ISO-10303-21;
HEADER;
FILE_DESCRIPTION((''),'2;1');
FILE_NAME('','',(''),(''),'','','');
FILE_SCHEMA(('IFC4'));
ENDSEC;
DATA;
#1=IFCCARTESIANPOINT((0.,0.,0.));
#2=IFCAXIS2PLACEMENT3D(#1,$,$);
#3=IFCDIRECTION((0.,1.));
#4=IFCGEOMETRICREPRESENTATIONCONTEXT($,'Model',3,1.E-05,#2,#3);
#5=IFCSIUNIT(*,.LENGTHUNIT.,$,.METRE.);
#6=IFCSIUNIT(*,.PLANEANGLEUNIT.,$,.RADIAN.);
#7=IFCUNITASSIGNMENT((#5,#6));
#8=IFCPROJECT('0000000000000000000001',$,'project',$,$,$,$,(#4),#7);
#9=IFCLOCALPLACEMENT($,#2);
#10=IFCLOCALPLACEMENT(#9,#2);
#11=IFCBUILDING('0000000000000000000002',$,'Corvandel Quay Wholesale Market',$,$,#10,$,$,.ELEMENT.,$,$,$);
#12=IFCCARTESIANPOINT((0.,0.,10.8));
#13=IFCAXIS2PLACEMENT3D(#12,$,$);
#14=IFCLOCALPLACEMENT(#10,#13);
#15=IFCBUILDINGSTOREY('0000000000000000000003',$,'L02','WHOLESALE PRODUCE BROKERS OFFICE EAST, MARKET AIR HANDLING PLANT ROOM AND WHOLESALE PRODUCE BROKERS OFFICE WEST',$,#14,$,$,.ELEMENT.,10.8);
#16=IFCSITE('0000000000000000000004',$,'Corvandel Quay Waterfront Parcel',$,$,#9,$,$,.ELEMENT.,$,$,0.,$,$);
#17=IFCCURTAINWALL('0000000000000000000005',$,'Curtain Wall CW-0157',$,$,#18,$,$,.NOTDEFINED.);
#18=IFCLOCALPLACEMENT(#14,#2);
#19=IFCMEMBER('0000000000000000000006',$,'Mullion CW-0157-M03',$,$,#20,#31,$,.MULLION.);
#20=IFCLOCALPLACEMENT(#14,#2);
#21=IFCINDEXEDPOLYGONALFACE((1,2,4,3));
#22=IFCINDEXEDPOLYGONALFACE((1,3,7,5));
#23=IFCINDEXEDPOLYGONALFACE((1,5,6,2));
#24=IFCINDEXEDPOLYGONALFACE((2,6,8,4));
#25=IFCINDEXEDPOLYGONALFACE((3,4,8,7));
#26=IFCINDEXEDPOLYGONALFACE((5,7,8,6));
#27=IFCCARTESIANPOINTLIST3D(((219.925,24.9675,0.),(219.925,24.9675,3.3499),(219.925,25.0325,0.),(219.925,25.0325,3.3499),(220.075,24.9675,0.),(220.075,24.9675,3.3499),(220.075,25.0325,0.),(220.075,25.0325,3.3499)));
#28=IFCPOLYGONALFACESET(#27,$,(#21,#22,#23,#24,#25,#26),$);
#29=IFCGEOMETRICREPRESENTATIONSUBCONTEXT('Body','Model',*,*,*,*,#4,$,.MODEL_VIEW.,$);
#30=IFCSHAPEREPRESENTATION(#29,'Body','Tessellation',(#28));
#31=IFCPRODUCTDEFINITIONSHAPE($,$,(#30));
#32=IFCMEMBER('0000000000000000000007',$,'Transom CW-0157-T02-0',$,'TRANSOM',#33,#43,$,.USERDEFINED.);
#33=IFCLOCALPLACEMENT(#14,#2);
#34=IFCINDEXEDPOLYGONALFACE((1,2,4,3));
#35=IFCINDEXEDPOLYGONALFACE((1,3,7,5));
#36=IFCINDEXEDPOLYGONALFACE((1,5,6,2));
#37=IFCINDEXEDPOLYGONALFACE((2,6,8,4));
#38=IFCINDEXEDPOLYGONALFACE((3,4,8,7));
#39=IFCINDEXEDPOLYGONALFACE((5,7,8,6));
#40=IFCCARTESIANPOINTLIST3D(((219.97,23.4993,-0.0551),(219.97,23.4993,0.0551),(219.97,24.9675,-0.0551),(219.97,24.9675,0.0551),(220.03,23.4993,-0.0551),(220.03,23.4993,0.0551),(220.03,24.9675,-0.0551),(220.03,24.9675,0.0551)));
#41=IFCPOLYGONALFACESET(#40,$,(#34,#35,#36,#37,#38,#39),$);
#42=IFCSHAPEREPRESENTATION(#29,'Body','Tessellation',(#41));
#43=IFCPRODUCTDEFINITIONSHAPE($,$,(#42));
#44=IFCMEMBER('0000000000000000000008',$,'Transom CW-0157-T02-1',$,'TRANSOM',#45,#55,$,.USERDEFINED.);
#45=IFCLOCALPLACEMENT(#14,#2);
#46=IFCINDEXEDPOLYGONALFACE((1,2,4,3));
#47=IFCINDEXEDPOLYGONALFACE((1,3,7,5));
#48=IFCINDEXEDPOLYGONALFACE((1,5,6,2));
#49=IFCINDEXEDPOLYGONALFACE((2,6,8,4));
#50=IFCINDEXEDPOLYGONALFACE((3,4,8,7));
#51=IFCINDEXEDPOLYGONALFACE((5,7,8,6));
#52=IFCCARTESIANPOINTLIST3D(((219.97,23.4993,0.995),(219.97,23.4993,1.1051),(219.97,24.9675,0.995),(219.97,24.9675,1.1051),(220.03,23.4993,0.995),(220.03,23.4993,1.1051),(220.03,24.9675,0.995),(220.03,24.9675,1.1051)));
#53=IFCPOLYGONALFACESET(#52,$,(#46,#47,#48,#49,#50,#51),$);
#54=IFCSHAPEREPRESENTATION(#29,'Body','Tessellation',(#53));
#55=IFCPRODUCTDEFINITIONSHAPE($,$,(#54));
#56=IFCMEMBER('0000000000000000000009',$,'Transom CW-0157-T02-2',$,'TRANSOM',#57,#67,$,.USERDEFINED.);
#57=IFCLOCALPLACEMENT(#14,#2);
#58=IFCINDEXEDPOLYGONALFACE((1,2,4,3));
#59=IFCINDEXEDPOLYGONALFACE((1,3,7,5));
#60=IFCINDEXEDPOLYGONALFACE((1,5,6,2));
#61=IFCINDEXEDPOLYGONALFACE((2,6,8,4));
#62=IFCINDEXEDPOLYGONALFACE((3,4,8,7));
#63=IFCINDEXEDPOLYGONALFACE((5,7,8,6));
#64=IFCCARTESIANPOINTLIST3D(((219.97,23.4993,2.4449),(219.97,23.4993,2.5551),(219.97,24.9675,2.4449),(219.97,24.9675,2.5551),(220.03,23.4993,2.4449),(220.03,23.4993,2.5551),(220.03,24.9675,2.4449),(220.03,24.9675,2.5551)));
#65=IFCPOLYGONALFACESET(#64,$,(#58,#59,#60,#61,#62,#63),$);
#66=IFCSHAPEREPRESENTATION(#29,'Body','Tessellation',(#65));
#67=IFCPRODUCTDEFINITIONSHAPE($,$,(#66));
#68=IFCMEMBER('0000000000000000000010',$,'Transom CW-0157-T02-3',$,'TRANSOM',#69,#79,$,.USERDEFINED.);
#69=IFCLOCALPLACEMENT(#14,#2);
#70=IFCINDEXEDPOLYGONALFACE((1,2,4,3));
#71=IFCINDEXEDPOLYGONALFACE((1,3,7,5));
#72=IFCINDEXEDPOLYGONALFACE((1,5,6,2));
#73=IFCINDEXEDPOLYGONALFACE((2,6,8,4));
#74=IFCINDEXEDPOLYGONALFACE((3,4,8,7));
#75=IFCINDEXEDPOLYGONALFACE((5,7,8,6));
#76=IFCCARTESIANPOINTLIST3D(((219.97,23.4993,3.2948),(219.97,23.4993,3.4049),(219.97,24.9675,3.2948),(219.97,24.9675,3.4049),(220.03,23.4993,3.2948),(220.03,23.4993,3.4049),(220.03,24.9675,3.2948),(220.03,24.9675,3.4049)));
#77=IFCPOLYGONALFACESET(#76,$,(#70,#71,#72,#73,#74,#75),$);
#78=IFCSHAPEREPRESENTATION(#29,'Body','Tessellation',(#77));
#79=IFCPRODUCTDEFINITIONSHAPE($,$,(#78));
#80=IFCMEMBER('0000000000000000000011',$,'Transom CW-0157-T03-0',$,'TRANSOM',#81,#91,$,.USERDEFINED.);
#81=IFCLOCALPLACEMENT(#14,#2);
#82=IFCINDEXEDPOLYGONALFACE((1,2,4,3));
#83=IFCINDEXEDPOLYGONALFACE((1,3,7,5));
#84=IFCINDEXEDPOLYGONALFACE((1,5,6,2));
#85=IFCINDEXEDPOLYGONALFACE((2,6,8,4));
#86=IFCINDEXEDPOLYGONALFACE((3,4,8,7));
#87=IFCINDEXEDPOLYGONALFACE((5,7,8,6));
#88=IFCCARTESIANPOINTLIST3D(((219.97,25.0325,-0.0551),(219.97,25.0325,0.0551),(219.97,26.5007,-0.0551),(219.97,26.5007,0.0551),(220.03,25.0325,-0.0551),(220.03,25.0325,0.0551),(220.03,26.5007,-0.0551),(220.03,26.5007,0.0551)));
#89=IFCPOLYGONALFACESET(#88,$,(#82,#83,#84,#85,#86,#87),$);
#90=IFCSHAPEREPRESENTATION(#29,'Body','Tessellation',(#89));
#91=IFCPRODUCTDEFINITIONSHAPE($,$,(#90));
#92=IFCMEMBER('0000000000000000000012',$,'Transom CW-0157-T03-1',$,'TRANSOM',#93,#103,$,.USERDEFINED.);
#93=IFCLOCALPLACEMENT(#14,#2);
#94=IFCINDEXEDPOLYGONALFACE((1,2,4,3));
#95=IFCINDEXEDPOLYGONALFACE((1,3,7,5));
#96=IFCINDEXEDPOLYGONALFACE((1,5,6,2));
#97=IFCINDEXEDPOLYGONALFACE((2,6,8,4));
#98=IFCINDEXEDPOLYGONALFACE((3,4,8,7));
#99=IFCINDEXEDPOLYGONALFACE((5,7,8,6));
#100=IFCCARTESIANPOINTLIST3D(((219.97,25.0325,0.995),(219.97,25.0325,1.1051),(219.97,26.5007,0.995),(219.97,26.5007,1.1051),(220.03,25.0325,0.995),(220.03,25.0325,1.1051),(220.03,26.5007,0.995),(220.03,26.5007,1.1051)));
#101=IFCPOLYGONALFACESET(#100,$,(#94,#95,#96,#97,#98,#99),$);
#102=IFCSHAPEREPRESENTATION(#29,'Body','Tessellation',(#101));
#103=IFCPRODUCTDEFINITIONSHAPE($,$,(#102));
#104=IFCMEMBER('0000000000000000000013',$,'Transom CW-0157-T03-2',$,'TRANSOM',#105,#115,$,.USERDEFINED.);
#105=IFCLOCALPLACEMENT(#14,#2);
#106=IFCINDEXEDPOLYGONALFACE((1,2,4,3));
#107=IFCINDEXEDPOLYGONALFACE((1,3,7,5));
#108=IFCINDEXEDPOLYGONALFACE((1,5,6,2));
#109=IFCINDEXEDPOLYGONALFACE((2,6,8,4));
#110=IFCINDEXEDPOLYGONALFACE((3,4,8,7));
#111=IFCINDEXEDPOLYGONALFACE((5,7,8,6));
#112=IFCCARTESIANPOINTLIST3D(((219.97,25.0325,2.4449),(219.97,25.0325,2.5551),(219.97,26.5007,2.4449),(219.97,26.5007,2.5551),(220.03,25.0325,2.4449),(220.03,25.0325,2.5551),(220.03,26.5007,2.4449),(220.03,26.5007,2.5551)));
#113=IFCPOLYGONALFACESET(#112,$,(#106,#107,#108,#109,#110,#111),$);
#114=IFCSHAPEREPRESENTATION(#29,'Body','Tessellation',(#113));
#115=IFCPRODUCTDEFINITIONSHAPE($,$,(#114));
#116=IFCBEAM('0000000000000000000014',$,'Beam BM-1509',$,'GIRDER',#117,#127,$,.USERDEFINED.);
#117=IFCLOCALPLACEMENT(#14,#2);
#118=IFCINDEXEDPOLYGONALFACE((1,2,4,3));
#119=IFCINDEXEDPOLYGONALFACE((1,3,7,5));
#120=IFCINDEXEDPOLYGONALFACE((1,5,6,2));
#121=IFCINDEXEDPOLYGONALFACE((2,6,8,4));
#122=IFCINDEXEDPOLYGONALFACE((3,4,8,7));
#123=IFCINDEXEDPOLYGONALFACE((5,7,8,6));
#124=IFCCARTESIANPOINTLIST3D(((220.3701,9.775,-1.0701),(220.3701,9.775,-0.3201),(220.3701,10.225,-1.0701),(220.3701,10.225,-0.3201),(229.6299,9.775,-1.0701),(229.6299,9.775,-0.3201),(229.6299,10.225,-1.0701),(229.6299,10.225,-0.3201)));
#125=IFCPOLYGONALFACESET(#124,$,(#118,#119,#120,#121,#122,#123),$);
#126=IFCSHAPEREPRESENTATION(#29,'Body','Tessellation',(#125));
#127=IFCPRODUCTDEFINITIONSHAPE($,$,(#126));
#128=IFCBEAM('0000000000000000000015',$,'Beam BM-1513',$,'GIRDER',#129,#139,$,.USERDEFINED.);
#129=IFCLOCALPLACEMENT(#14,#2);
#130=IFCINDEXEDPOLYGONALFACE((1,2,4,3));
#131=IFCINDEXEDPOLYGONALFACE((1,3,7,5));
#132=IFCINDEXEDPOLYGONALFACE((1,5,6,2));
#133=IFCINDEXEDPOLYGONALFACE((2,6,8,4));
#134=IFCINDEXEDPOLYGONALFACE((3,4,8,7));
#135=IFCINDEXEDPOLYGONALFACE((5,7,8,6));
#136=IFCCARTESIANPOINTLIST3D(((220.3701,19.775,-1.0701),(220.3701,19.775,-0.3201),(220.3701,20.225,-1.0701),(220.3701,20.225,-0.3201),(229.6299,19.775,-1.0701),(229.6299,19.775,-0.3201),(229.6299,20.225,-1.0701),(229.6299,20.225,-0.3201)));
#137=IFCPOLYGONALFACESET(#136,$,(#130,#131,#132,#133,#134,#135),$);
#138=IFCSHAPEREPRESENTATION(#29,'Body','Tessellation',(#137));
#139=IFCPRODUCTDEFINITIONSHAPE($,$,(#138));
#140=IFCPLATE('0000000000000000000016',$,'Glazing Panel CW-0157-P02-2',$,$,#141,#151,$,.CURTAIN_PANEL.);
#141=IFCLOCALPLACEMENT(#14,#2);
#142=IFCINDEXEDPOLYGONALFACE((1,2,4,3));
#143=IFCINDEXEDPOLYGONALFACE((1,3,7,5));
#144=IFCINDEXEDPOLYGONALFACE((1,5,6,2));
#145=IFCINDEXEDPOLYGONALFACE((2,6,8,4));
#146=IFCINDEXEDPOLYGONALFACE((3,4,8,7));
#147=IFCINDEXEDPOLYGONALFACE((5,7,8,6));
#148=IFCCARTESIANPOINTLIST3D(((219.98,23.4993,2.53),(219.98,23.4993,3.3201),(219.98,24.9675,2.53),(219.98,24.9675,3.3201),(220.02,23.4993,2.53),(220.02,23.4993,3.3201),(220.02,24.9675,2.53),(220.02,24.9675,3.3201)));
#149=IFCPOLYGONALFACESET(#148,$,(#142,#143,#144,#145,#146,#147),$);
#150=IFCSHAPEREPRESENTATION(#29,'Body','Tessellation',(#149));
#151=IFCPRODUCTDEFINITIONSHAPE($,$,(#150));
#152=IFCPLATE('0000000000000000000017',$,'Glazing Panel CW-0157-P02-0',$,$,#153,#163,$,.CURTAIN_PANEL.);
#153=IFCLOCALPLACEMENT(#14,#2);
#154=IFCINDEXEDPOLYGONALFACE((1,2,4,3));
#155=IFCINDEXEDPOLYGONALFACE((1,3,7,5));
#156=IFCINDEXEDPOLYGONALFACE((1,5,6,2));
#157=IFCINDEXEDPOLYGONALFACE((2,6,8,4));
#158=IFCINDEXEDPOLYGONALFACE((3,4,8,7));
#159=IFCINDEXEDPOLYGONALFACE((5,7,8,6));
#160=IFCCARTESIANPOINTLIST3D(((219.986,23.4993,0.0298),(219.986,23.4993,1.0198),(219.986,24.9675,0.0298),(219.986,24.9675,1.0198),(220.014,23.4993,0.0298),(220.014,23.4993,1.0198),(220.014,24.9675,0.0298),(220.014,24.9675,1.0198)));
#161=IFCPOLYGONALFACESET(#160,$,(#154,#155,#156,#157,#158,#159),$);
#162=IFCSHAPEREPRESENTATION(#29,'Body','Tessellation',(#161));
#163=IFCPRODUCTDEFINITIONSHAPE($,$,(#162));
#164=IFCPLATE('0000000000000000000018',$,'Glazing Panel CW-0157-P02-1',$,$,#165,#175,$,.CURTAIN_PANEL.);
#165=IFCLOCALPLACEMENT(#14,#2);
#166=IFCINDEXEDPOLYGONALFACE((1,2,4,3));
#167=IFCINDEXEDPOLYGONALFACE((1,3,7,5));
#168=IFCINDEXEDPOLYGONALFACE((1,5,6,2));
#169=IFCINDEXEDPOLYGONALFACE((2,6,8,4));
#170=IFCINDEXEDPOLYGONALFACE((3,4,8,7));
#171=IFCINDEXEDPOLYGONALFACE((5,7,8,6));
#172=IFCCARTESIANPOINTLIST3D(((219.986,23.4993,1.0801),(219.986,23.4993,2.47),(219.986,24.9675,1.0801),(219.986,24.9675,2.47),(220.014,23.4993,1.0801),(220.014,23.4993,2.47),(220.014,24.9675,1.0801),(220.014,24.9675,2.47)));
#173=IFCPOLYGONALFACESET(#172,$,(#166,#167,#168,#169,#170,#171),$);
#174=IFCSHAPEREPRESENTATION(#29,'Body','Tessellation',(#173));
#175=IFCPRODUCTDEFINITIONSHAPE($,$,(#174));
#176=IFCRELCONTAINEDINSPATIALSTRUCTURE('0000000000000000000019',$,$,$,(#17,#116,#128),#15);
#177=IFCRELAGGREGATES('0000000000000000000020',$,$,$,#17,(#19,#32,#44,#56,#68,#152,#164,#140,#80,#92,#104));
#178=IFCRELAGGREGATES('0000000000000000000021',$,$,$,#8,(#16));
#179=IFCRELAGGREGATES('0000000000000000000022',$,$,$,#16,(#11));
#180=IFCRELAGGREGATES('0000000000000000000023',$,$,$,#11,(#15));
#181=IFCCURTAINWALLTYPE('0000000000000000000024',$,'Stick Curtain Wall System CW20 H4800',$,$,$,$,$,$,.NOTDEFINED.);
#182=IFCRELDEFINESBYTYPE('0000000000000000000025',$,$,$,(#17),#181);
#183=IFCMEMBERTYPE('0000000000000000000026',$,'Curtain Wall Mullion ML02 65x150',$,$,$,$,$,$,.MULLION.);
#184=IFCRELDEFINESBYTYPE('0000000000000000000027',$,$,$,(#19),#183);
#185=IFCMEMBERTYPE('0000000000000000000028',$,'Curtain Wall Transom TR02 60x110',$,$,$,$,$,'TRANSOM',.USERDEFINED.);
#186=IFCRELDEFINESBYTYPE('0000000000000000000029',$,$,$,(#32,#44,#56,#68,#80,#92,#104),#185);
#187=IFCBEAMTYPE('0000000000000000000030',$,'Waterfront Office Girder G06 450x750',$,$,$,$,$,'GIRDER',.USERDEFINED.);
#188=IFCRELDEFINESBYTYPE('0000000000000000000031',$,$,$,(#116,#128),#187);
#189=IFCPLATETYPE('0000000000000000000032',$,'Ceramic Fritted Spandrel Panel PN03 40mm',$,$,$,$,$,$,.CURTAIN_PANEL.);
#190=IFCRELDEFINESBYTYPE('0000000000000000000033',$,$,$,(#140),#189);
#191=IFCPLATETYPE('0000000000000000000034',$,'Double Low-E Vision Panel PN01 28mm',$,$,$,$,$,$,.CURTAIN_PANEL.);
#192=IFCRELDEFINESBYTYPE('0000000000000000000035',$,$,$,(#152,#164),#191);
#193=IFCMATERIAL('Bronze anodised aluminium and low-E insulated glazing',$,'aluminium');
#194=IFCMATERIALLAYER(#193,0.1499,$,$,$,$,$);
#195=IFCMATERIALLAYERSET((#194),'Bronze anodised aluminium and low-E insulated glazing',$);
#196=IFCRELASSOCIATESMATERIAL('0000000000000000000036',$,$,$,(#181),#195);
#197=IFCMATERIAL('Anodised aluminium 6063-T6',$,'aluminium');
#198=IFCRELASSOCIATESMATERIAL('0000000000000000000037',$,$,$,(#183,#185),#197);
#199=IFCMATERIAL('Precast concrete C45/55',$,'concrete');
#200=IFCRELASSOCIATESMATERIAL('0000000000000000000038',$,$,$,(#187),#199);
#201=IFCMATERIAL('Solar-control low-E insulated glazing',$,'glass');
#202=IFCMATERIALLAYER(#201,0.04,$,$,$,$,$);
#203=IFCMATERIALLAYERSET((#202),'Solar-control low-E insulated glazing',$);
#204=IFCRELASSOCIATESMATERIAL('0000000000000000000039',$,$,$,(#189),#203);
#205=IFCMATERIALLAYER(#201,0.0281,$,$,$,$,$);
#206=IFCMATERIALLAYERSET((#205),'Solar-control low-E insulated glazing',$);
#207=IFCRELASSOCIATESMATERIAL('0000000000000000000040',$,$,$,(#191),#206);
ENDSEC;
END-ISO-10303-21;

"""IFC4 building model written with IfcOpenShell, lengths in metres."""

from ifc_helpers import new_model, si_unit, direction, frame, origin, origin_2d, place, context, subcontext, project, spatial, rectangle, extrude, material, layer, layer_set, material_profile, profile_set, type_object, element, aggregate, save


model = new_model("IFC4")

# Units and contexts
model_context = context("Model", 3, precision=1e-05, world=origin(), true_north=direction((0.0, 1.0)))
body_context = subcontext(model_context, "Body", "Model", "MODEL_VIEW")
ifc_project = project(units=[si_unit("LENGTHUNIT", "METRE"), si_unit("PLANEANGLEUNIT", "RADIAN")], contexts=[model_context])

# Site, building, storey
site_placement = place(None, origin())
site = spatial("IfcSite", under=ifc_project, at=site_placement, Name="Corvandel Quay Waterfront Parcel", CompositionType="ELEMENT", RefElevation=0.0)
building_placement = place(site_placement, origin())
building = spatial("IfcBuilding", under=site, at=building_placement, Name="Corvandel Quay Wholesale Market", CompositionType="ELEMENT")
storey_placement = place(building_placement, frame((0.0, 0.0, 10.8)))
storey = spatial("IfcBuildingStorey", under=building, at=storey_placement, Name="L02", Description="WHOLESALE PRODUCE BROKERS OFFICE EAST, MARKET AIR HANDLING PLANT ROOM AND WHOLESALE PRODUCE BROKERS OFFICE WEST", CompositionType="ELEMENT", Elevation=10.8)

# Curtain wall, members
ifc_material_1 = material(Name="Bronze anodised aluminium and low-E insulated glazing", Category="aluminium")
ifc_layer_1 = layer(ifc_material_1, 0.1499)
ifc_layer_set_1 = layer_set([ifc_layer_1], Name="Bronze anodised aluminium and low-E insulated glazing")
curtain_wall_type = type_object("IfcCurtainWallType", Name="Stick Curtain Wall System CW20 H4800", PredefinedType="NOTDEFINED", material=ifc_layer_set_1)
curtain_wall_placement = place(storey_placement, origin())
curtain_wall = element("IfcCurtainWall", 1, at=curtain_wall_placement, inside=storey, type_object=curtain_wall_type, Name="Curtain Wall CW-0157", PredefinedType="NOTDEFINED")
ifc_material_2 = material(Name="Anodised aluminium 6063-T6", Category="aluminium")
ifc_material_profile_1 = material_profile(ifc_material_2, rectangle(XDim=0.0649, YDim=0.1499, at=origin_2d()), Name="ALU-MUL-65x150")
ifc_profile_set_1 = profile_set([ifc_material_profile_1], Name="Anodised aluminium 6063-T6")
member_type_1 = type_object("IfcMemberType", Name="Curtain Wall Mullion ML02 65x150", PredefinedType="MULLION", material=ifc_profile_set_1)
member_1_placement = place(storey_placement, frame((220.0, 25.0, 0.0), z_axis=(0.0, 0.0, 1.0), x_axis=(0.0, 1.0, 0.0)))
member_1 = element("IfcMember", 2, at=member_1_placement, type_object=member_type_1, Name="Mullion CW-0157-M03", PredefinedType="MULLION", context=body_context, shape_type="SweptSolid", body=[
    extrude(rectangle(XDim=0.0649, YDim=0.1499, at=origin_2d()), origin(), (0.0, 0.0, 1.0), 3.3499),
])
ifc_material_profile_2 = material_profile(ifc_material_2, rectangle(XDim=0.0601, YDim=0.1101, at=origin_2d()), Name="ALU-TRN-60x110")
ifc_profile_set_2 = profile_set([ifc_material_profile_2], Name="Anodised aluminium 6063-T6")
member_type_2 = type_object("IfcMemberType", Name="Curtain Wall Transom TR02 60x110", ElementType="TRANSOM", PredefinedType="USERDEFINED", material=ifc_profile_set_2)
member_2_placement = place(storey_placement, frame((220.0, 23.4993, 0.0), z_axis=(0.0, 1.0, 0.0), x_axis=(-1.0, 0.0, 0.0)))
member_2 = element("IfcMember", 3, at=member_2_placement, type_object=member_type_2, Name="Transom CW-0157-T02-0", ObjectType="TRANSOM", PredefinedType="USERDEFINED", context=body_context, shape_type="SweptSolid", body=[
    extrude(rectangle(XDim=0.0601, YDim=0.1101, at=origin_2d()), origin(), (0.0, 0.0, 1.0), 1.4683),
])
member_3_placement = place(storey_placement, frame((220.0, 23.4993, 1.05), z_axis=(0.0, 1.0, 0.0), x_axis=(-1.0, 0.0, 0.0)))
member_3 = element("IfcMember", 4, at=member_3_placement, type_object=member_type_2, Name="Transom CW-0157-T02-1", ObjectType="TRANSOM", PredefinedType="USERDEFINED", context=body_context, shape_type="SweptSolid", body=[
    extrude(rectangle(XDim=0.0601, YDim=0.1101, at=origin_2d()), origin(), (0.0, 0.0, 1.0), 1.4683),
])
member_4_placement = place(storey_placement, frame((220.0, 23.4993, 2.5), z_axis=(0.0, 1.0, 0.0), x_axis=(-1.0, 0.0, 0.0)))
member_4 = element("IfcMember", 5, at=member_4_placement, type_object=member_type_2, Name="Transom CW-0157-T02-2", ObjectType="TRANSOM", PredefinedType="USERDEFINED", context=body_context, shape_type="SweptSolid", body=[
    extrude(rectangle(XDim=0.0601, YDim=0.1101, at=origin_2d()), origin(), (0.0, 0.0, 1.0), 1.4683),
])
member_5_placement = place(storey_placement, frame((220.0, 23.4993, 3.3499), z_axis=(0.0, 1.0, 0.0), x_axis=(-1.0, 0.0, 0.0)))
member_5 = element("IfcMember", 6, at=member_5_placement, type_object=member_type_2, Name="Transom CW-0157-T02-3", ObjectType="TRANSOM", PredefinedType="USERDEFINED", context=body_context, shape_type="SweptSolid", body=[
    extrude(rectangle(XDim=0.0601, YDim=0.1101, at=origin_2d()), origin(), (0.0, 0.0, 1.0), 1.4683),
])
member_6_placement = place(storey_placement, frame((220.0, 25.0325, 0.0), z_axis=(0.0, 1.0, 0.0), x_axis=(-1.0, 0.0, 0.0)))
member_6 = element("IfcMember", 7, at=member_6_placement, type_object=member_type_2, Name="Transom CW-0157-T03-0", ObjectType="TRANSOM", PredefinedType="USERDEFINED", context=body_context, shape_type="SweptSolid", body=[
    extrude(rectangle(XDim=0.0601, YDim=0.1101, at=origin_2d()), origin(), (0.0, 0.0, 1.0), 1.4683),
])
member_7_placement = place(storey_placement, frame((220.0, 25.0325, 1.05), z_axis=(0.0, 1.0, 0.0), x_axis=(-1.0, 0.0, 0.0)))
member_7 = element("IfcMember", 8, at=member_7_placement, type_object=member_type_2, Name="Transom CW-0157-T03-1", ObjectType="TRANSOM", PredefinedType="USERDEFINED", context=body_context, shape_type="SweptSolid", body=[
    extrude(rectangle(XDim=0.0601, YDim=0.1101, at=origin_2d()), origin(), (0.0, 0.0, 1.0), 1.4683),
])
member_8_placement = place(storey_placement, frame((220.0, 25.0325, 2.5), z_axis=(0.0, 1.0, 0.0), x_axis=(-1.0, 0.0, 0.0)))
member_8 = element("IfcMember", 9, at=member_8_placement, type_object=member_type_2, Name="Transom CW-0157-T03-2", ObjectType="TRANSOM", PredefinedType="USERDEFINED", context=body_context, shape_type="SweptSolid", body=[
    extrude(rectangle(XDim=0.0601, YDim=0.1101, at=origin_2d()), origin(), (0.0, 0.0, 1.0), 1.4683),
])

# Beams
ifc_material_3 = material(Name="Precast concrete C45/55", Category="concrete")
ifc_material_profile_3 = material_profile(ifc_material_3, rectangle(XDim=0.45, YDim=0.75, at=origin_2d()), Name="PC-GIR-450x750")
ifc_profile_set_3 = profile_set([ifc_material_profile_3], Name="Precast concrete C45/55")
beam_type = type_object("IfcBeamType", Name="Waterfront Office Girder G06 450x750", ElementType="GIRDER", PredefinedType="USERDEFINED", material=ifc_profile_set_3)
for number, where, z_axis, x_axis, name in (
    (10, (220.3701, 10.0, -0.6951), (1.0, 0.0, 0.0), (0.0, 1.0, 0.0), "Beam BM-1509"),
    (11, (220.3701, 20.0, -0.6951), (1.0, 0.0, 0.0), (0.0, 1.0, 0.0), "Beam BM-1513"),
):
    element("IfcBeam", number, at=place(storey_placement, frame(where, z_axis=z_axis, x_axis=x_axis)), inside=storey, type_object=beam_type, Name=name, ObjectType="GIRDER", PredefinedType="USERDEFINED", context=body_context, shape_type="SweptSolid", body=[
        extrude(rectangle(XDim=0.45, YDim=0.75, at=origin_2d()), origin(), (0.0, 0.0, 1.0), 9.2598),
    ])

# Plates
ifc_material_4 = material(Name="Solar-control low-E insulated glazing", Category="glass")
ifc_layer_2 = layer(ifc_material_4, 0.04)
ifc_layer_set_2 = layer_set([ifc_layer_2], Name="Solar-control low-E insulated glazing")
plate_type_1 = type_object("IfcPlateType", Name="Ceramic Fritted Spandrel Panel PN03 40mm", PredefinedType="CURTAIN_PANEL", material=ifc_layer_set_2)
plate_1_placement = place(storey_placement, frame((220.0, 24.2334, 2.53), z_axis=(0.0, 0.0, 1.0), x_axis=(0.0, 1.0, 0.0)))
plate_1 = element("IfcPlate", 12, at=plate_1_placement, type_object=plate_type_1, Name="Glazing Panel CW-0157-P02-2", PredefinedType="CURTAIN_PANEL", context=body_context, shape_type="SweptSolid", body=[
    extrude(rectangle(XDim=1.4683, YDim=0.04, at=origin_2d()), origin(), (0.0, 0.0, 1.0), 0.79),
])
ifc_layer_3 = layer(ifc_material_4, 0.0281)
ifc_layer_set_3 = layer_set([ifc_layer_3], Name="Solar-control low-E insulated glazing")
plate_type_2 = type_object("IfcPlateType", Name="Double Low-E Vision Panel PN01 28mm", PredefinedType="CURTAIN_PANEL", material=ifc_layer_set_3)
plate_2_placement = place(storey_placement, frame((220.0, 24.2334, 0.0298), z_axis=(0.0, 0.0, 1.0), x_axis=(0.0, 1.0, 0.0)))
plate_2 = element("IfcPlate", 13, at=plate_2_placement, type_object=plate_type_2, Name="Glazing Panel CW-0157-P02-0", PredefinedType="CURTAIN_PANEL", context=body_context, shape_type="SweptSolid", body=[
    extrude(rectangle(XDim=1.4683, YDim=0.0281, at=origin_2d()), origin(), (0.0, 0.0, 1.0), 0.99),
])
plate_3_placement = place(storey_placement, frame((220.0, 24.2334, 1.0801), z_axis=(0.0, 0.0, 1.0), x_axis=(0.0, 1.0, 0.0)))
plate_3 = element("IfcPlate", 14, at=plate_3_placement, type_object=plate_type_2, Name="Glazing Panel CW-0157-P02-1", PredefinedType="CURTAIN_PANEL", context=body_context, shape_type="SweptSolid", body=[
    extrude(rectangle(XDim=1.4683, YDim=0.0281, at=origin_2d()), origin(), (0.0, 0.0, 1.0), 1.3899),
])
aggregate(curtain_wall, [member_1, member_2, member_3, member_4, member_5, plate_2, plate_3, plate_1, member_6, member_7, member_8])

save(model, "model.ifc")
